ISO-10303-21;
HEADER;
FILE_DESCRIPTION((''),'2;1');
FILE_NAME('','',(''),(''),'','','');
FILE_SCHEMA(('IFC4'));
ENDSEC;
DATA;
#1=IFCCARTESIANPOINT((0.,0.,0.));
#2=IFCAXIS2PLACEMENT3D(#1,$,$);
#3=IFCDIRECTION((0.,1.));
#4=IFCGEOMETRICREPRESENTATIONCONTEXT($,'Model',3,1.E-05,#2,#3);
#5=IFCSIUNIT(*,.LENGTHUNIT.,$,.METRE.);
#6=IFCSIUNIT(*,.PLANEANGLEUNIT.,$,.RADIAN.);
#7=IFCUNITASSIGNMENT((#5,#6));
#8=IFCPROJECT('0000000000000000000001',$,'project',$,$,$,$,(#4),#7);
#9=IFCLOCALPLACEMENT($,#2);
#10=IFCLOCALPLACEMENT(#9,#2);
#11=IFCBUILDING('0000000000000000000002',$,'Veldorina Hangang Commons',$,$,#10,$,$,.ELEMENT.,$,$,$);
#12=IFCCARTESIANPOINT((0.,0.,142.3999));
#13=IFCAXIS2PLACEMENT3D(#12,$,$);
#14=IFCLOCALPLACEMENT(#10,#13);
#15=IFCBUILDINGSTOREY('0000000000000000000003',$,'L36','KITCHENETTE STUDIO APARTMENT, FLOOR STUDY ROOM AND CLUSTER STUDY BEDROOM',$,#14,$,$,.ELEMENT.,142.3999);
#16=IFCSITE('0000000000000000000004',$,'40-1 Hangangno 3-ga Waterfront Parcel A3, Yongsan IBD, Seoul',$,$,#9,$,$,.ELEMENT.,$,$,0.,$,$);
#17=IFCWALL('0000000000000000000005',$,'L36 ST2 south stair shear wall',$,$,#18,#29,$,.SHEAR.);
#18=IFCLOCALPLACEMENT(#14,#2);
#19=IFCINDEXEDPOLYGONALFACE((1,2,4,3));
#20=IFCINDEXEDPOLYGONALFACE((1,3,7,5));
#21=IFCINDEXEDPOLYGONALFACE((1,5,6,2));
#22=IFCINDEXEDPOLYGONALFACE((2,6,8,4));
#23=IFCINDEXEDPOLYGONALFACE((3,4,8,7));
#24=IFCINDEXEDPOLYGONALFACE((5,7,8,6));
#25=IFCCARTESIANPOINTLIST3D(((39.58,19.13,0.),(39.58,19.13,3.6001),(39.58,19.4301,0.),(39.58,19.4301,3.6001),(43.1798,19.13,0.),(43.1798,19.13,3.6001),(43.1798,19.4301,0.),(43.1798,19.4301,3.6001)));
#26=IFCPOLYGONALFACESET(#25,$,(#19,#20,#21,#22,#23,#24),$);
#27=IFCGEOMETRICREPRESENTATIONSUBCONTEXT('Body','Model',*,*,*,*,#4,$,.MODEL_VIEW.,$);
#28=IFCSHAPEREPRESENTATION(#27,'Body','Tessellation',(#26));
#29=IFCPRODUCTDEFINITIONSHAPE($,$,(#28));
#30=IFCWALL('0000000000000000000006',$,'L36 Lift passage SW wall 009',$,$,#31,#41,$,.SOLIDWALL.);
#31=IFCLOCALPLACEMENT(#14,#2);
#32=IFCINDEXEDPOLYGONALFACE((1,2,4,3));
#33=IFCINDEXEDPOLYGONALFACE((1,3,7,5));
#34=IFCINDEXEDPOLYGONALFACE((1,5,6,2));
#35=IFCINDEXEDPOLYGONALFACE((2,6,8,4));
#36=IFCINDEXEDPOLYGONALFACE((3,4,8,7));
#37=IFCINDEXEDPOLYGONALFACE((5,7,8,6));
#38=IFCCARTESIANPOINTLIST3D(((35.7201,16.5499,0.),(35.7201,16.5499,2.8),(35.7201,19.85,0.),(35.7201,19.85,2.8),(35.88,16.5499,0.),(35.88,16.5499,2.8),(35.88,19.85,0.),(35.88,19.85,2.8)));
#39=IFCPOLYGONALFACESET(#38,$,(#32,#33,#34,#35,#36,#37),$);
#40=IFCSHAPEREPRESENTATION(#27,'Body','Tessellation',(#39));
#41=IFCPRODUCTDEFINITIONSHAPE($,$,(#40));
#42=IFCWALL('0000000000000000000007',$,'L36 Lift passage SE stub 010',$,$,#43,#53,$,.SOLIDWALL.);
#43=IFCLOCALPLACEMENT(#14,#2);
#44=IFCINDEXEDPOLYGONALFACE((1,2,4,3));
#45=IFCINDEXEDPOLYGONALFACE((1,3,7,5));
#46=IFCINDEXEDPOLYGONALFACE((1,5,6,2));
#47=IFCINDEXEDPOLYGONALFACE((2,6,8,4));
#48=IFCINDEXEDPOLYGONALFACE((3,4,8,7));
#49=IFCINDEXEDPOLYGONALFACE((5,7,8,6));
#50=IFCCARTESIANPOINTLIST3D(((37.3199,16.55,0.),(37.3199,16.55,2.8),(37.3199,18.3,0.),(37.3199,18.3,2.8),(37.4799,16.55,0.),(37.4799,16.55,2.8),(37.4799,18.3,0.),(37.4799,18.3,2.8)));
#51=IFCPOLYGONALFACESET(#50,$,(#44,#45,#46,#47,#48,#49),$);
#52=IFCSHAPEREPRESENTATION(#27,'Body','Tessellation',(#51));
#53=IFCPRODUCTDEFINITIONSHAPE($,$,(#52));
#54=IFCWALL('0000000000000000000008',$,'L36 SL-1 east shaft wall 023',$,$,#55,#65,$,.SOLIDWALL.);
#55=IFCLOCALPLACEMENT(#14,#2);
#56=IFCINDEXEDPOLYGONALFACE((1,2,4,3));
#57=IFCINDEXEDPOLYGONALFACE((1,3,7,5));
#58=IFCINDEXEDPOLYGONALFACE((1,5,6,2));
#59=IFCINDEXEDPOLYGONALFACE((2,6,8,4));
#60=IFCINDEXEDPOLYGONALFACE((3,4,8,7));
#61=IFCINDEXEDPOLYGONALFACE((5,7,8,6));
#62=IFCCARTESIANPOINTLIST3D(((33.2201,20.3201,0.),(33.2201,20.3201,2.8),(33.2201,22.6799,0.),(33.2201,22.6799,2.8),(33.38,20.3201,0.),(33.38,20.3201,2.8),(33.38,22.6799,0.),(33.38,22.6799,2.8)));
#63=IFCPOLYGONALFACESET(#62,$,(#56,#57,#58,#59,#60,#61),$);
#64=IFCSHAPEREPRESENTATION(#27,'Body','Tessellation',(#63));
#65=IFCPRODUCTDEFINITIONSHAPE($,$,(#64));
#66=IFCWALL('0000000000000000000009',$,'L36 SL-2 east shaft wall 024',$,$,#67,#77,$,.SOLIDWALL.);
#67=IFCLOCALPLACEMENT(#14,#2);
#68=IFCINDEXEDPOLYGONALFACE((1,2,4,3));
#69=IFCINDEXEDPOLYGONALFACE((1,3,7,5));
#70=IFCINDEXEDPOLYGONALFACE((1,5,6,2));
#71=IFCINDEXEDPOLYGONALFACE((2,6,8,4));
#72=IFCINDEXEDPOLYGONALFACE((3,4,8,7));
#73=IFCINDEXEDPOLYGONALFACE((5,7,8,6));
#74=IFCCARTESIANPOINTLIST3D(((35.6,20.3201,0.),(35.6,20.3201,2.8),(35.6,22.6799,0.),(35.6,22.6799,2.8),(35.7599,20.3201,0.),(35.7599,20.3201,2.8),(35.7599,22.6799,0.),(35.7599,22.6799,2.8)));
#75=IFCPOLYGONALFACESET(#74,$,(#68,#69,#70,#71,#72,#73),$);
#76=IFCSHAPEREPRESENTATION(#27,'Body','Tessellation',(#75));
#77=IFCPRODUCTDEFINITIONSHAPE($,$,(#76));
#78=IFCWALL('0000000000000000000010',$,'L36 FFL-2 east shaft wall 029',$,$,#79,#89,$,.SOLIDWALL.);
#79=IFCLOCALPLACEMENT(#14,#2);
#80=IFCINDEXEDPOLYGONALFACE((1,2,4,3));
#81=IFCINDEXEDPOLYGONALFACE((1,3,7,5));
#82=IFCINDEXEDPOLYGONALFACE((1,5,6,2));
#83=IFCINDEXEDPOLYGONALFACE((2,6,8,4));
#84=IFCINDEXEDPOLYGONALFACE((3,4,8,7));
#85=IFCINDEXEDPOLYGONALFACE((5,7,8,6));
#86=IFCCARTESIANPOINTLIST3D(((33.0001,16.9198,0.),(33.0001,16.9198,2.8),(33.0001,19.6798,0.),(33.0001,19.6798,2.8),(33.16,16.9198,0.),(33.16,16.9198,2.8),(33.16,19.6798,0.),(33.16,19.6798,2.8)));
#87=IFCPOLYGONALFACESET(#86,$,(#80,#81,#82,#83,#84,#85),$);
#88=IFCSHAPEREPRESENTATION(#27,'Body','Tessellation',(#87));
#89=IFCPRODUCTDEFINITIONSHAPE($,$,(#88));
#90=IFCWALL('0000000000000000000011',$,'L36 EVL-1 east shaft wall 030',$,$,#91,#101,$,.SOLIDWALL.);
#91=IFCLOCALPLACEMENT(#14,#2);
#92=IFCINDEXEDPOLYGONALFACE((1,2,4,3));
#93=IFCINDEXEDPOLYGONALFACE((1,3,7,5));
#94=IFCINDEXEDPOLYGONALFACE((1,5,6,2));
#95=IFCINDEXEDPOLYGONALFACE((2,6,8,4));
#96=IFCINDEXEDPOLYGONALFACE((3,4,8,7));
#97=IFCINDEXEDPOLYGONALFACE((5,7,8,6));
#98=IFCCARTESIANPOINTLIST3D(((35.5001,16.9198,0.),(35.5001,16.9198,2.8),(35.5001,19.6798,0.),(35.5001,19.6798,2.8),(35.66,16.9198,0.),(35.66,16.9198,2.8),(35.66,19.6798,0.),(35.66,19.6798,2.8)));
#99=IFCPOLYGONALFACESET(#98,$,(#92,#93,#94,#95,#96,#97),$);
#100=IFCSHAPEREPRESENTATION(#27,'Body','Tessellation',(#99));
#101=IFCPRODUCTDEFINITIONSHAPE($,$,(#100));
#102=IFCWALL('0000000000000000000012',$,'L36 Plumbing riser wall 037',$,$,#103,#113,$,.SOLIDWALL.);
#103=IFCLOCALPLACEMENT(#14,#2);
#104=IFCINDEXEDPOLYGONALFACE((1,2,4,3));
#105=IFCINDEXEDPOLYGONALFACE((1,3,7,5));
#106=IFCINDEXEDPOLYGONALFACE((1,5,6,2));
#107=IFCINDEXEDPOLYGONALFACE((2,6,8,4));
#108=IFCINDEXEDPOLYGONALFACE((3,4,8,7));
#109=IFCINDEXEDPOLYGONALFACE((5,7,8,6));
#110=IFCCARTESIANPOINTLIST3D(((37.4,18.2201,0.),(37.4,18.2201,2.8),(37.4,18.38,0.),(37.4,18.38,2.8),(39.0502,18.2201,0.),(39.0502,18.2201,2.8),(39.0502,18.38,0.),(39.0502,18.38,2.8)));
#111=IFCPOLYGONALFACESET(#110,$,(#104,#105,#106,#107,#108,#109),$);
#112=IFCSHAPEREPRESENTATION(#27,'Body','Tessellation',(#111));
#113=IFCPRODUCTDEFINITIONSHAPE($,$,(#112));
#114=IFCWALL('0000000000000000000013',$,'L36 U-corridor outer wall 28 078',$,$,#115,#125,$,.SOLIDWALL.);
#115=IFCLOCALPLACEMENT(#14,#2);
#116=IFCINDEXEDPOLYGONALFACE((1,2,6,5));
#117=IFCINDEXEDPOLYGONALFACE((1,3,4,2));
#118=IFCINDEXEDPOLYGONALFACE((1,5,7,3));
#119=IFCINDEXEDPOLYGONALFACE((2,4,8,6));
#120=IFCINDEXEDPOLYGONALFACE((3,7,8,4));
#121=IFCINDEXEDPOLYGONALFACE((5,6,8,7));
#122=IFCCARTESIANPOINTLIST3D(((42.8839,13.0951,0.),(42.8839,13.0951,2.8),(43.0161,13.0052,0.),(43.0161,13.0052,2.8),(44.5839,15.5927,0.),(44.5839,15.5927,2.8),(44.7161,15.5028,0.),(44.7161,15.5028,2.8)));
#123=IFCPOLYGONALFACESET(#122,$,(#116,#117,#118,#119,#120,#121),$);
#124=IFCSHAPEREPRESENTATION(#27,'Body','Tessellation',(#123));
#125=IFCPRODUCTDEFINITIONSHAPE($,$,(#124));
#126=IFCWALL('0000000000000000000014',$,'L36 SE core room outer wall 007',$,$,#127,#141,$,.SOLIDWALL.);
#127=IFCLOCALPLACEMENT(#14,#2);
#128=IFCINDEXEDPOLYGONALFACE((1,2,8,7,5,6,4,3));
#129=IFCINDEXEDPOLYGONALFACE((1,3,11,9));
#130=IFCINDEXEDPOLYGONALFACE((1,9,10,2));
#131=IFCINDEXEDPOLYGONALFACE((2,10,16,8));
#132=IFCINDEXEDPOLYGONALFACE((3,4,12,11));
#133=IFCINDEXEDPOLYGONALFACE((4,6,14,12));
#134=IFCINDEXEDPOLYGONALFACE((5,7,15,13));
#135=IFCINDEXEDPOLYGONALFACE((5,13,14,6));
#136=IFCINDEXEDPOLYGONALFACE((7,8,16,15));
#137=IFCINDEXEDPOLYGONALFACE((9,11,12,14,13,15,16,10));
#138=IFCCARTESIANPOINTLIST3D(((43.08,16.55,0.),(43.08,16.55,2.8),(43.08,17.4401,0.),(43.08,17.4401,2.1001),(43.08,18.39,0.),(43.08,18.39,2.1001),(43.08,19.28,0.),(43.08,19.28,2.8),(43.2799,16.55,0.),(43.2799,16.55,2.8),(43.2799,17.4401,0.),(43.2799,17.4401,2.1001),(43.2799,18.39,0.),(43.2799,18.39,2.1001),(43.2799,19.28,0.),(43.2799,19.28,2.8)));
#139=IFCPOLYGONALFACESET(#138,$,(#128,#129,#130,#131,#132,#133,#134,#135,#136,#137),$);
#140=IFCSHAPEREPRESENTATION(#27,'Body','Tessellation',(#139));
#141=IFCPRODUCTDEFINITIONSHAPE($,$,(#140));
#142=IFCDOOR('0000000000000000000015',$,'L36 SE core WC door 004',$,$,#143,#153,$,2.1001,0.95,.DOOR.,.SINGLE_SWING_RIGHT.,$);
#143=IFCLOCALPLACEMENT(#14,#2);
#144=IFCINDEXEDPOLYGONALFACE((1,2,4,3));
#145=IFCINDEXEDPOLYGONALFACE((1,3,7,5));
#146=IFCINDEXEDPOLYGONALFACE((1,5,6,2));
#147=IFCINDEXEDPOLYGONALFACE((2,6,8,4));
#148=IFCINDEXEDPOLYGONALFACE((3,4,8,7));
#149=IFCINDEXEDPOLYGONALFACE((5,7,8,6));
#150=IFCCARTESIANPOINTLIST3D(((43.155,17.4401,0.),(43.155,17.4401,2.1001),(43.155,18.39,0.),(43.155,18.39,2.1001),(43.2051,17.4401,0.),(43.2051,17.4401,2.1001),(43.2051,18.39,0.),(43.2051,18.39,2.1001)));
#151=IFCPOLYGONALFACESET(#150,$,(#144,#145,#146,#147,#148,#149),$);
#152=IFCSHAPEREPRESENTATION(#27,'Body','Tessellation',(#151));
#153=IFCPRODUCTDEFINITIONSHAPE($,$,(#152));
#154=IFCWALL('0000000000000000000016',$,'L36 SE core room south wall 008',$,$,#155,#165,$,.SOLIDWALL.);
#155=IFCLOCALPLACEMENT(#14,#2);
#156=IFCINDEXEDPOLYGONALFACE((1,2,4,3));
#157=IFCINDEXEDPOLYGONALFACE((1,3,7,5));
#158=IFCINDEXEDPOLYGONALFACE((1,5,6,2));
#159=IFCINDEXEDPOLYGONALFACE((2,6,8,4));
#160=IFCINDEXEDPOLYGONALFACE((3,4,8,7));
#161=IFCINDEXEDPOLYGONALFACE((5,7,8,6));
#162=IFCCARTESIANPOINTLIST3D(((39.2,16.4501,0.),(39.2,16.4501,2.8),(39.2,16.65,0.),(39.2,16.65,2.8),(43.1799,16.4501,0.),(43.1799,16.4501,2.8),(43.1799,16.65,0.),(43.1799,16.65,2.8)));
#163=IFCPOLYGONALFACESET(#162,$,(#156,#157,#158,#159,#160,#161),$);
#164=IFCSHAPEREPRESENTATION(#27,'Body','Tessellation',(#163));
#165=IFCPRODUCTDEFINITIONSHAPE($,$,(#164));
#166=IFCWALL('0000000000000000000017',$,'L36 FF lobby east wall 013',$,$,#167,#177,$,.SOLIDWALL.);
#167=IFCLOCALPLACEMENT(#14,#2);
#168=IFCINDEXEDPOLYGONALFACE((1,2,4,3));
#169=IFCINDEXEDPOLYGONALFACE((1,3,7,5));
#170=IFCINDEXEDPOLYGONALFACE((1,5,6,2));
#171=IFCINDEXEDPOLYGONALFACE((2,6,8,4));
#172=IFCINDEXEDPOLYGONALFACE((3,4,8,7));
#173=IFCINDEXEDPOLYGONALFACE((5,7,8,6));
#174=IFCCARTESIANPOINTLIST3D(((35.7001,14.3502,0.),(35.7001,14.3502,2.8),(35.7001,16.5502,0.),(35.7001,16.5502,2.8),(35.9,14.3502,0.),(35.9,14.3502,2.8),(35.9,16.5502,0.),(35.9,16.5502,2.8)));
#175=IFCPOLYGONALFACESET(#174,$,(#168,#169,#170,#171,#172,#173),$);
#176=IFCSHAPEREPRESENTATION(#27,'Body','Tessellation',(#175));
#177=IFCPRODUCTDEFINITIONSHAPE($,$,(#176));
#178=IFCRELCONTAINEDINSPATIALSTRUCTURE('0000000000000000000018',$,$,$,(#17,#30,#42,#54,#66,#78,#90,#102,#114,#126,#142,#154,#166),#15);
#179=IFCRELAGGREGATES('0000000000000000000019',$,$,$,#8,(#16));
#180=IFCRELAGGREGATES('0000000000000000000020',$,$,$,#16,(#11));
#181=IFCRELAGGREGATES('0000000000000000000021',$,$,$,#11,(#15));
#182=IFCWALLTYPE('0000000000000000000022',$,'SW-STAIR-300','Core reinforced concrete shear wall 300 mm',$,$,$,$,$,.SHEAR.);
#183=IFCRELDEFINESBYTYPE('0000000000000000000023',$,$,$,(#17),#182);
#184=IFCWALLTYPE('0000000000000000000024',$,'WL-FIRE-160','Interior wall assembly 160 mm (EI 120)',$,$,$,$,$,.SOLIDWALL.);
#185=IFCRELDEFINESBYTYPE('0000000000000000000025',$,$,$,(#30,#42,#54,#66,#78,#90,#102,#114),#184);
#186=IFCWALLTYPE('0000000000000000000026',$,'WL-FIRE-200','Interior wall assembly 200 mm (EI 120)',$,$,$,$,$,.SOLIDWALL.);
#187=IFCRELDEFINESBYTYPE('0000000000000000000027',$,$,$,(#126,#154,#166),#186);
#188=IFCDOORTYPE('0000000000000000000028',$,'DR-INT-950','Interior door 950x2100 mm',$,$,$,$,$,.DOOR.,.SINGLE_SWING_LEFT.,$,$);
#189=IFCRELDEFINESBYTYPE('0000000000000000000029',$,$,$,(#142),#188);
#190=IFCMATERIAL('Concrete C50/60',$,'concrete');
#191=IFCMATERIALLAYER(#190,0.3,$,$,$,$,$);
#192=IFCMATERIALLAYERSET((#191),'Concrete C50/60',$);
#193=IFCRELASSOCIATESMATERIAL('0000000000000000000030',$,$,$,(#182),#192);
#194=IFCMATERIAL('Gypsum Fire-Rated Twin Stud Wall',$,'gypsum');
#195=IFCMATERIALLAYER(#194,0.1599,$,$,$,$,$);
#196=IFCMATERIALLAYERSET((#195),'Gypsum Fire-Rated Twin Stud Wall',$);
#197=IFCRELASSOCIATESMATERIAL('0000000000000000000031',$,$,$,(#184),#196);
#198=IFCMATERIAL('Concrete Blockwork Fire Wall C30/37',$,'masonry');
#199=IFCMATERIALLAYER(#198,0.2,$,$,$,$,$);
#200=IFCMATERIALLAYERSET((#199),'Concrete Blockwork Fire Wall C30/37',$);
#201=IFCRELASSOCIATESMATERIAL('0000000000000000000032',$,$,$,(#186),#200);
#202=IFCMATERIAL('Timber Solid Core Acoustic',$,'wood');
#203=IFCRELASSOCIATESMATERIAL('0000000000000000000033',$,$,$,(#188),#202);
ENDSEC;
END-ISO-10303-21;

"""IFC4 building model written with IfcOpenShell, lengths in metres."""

from ifc_helpers import new_model, si_unit, direction, frame, frame_2d, origin, place, context, subcontext, project, spatial, rectangle, extrude, material, layer, layer_set, type_object, element, fill, save


model = new_model("IFC4")

# Units and contexts
model_context = context("Model", 3, precision=1e-05, world=origin(), true_north=direction((0.0, 1.0)))
body_context = subcontext(model_context, "Body", "Model", "MODEL_VIEW")
ifc_project = project(units=[si_unit("LENGTHUNIT", "METRE"), si_unit("PLANEANGLEUNIT", "RADIAN")], contexts=[model_context])

# Site, building, storey
site_placement = place(None, origin())
site = spatial("IfcSite", under=ifc_project, at=site_placement, Name="40-1 Hangangno 3-ga Waterfront Parcel A3, Yongsan IBD, Seoul", CompositionType="ELEMENT", RefElevation=0.0)
building_placement = place(site_placement, origin())
building = spatial("IfcBuilding", under=site, at=building_placement, Name="Veldorina Hangang Commons", CompositionType="ELEMENT")
storey_placement = place(building_placement, frame((0.0, 0.0, 142.3999)))
storey = spatial("IfcBuildingStorey", under=building, at=storey_placement, Name="L36", Description="KITCHENETTE STUDIO APARTMENT, FLOOR STUDY ROOM AND CLUSTER STUDY BEDROOM", CompositionType="ELEMENT", Elevation=142.3999)

# Walls
ifc_material_1 = material(Name="Concrete C50/60", Category="concrete")
ifc_layer_1 = layer(ifc_material_1, 0.3)
ifc_layer_set_1 = layer_set([ifc_layer_1], Name="Concrete C50/60")
wall_type_1 = type_object("IfcWallType", Name="SW-STAIR-300", Description="Core reinforced concrete shear wall 300 mm", PredefinedType="SHEAR", material=ifc_layer_set_1)
wall_1_placement = place(storey_placement, frame((39.5801, 19.28, 0.0), z_axis=(0.0, 0.0, 1.0), x_axis=(1.0, 0.0, 0.0)))
element("IfcWall", 1, at=wall_1_placement, inside=storey, type_object=wall_type_1, Name="L36 ST2 south stair shear wall", PredefinedType="SHEAR", context=body_context, shape_type="SweptSolid", body=[
    extrude(rectangle(XDim=3.5999, YDim=0.3, at=frame_2d((1.7998, 0.0))), origin(), (0.0, 0.0, 1.0), 3.6001),
])
ifc_material_2 = material(Name="Gypsum Fire-Rated Twin Stud Wall", Category="gypsum")
ifc_layer_2 = layer(ifc_material_2, 0.1599)
ifc_layer_set_2 = layer_set([ifc_layer_2], Name="Gypsum Fire-Rated Twin Stud Wall")
wall_type_2 = type_object("IfcWallType", Name="WL-FIRE-160", Description="Interior wall assembly 160 mm (EI 120)", PredefinedType="SOLIDWALL", material=ifc_layer_set_2)
wall_2_placement = place(storey_placement, frame((35.8, 16.55, 0.0), z_axis=(0.0, 0.0, 1.0), x_axis=(0.0, 1.0, 0.0)))
element("IfcWall", 2, at=wall_2_placement, inside=storey, type_object=wall_type_2, Name="L36 Lift passage SW wall 009", PredefinedType="SOLIDWALL", context=body_context, shape_type="SweptSolid", body=[
    extrude(rectangle(XDim=3.3, YDim=0.1599, at=frame_2d((1.6499, 0.0))), origin(), (0.0, 0.0, 1.0), 2.8),
])
wall_3_placement = place(storey_placement, frame((37.3999, 16.55, 0.0), z_axis=(0.0, 0.0, 1.0), x_axis=(0.0, 1.0, 0.0)))
element("IfcWall", 3, at=wall_3_placement, inside=storey, type_object=wall_type_2, Name="L36 Lift passage SE stub 010", PredefinedType="SOLIDWALL", context=body_context, shape_type="SweptSolid", body=[
    extrude(rectangle(XDim=1.75, YDim=0.1599, at=frame_2d((0.875, 0.0))), origin(), (0.0, 0.0, 1.0), 2.8),
])
for number, where, z_axis, x_axis, name in (
    (4, (33.3, 20.3201, 0.0), (0.0, 0.0, 1.0), (0.0, 1.0, 0.0), "L36 SL-1 east shaft wall 023"),
    (5, (35.6799, 20.3201, 0.0), (0.0, 0.0, 1.0), (0.0, 1.0, 0.0), "L36 SL-2 east shaft wall 024"),
):
    element("IfcWall", number, at=place(storey_placement, frame(where, z_axis=z_axis, x_axis=x_axis)), inside=storey, type_object=wall_type_2, Name=name, PredefinedType="SOLIDWALL", context=body_context, shape_type="SweptSolid", body=[
        extrude(rectangle(XDim=2.3599, YDim=0.1599, at=frame_2d((1.1799, 0.0))), origin(), (0.0, 0.0, 1.0), 2.8),
    ])
for number, where, z_axis, x_axis, name in (
    (6, (33.0801, 16.9199, 0.0), (0.0, 0.0, 1.0), (0.0, 1.0, 0.0), "L36 FFL-2 east shaft wall 029"),
    (7, (35.5801, 16.9199, 0.0), (0.0, 0.0, 1.0), (0.0, 1.0, 0.0), "L36 EVL-1 east shaft wall 030"),
):
    element("IfcWall", number, at=place(storey_placement, frame(where, z_axis=z_axis, x_axis=x_axis)), inside=storey, type_object=wall_type_2, Name=name, PredefinedType="SOLIDWALL", context=body_context, shape_type="SweptSolid", body=[
        extrude(rectangle(XDim=2.76, YDim=0.1599, at=frame_2d((1.3799, 0.0))), origin(), (0.0, 0.0, 1.0), 2.8),
    ])
wall_4_placement = place(storey_placement, frame((37.3999, 18.3, 0.0), z_axis=(0.0, 0.0, 1.0), x_axis=(1.0, 0.0, 0.0)))
element("IfcWall", 8, at=wall_4_placement, inside=storey, type_object=wall_type_2, Name="L36 Plumbing riser wall 037", PredefinedType="SOLIDWALL", context=body_context, shape_type="SweptSolid", body=[
    extrude(rectangle(XDim=1.6501, YDim=0.1599, at=frame_2d((0.8252, 0.0))), origin(), (0.0, 0.0, 1.0), 2.8),
])
wall_5_placement = place(storey_placement, frame((42.95, 13.05, 0.0), z_axis=(0.0, 0.0, 1.0), x_axis=(0.562675, 0.826678, 0.0)))
element("IfcWall", 9, at=wall_5_placement, inside=storey, type_object=wall_type_2, Name="L36 U-corridor outer wall 28 078", PredefinedType="SOLIDWALL", context=body_context, shape_type="SweptSolid", body=[
    extrude(rectangle(XDim=3.0212, YDim=0.1599, at=frame_2d((1.5107, 0.0))), origin(), (0.0, 0.0, 1.0), 2.8),
])

# Wall, opening, door
ifc_material_3 = material(Name="Concrete Blockwork Fire Wall C30/37", Category="masonry")
ifc_layer_3 = layer(ifc_material_3, 0.2)
ifc_layer_set_3 = layer_set([ifc_layer_3], Name="Concrete Blockwork Fire Wall C30/37")
wall_type_3 = type_object("IfcWallType", Name="WL-FIRE-200", Description="Interior wall assembly 200 mm (EI 120)", PredefinedType="SOLIDWALL", material=ifc_layer_set_3)
wall_6_placement = place(storey_placement, frame((43.1799, 16.55, 0.0), z_axis=(0.0, 0.0, 1.0), x_axis=(0.0, 1.0, 0.0)))
wall_6 = element("IfcWall", 10, at=wall_6_placement, inside=storey, type_object=wall_type_3, Name="L36 SE core room outer wall 007", PredefinedType="SOLIDWALL", context=body_context, shape_type="SweptSolid", body=[
    extrude(rectangle(XDim=2.73, YDim=0.2, at=frame_2d((1.365, 0.0))), origin(), (0.0, 0.0, 1.0), 2.8),
])
opening_1_placement = place(wall_6_placement, frame((0.8899, 0.0, 0.0)))
opening_1 = element("IfcOpeningElement", 11, at=opening_1_placement, cuts=wall_6, PredefinedType="OPENING", context=body_context, shape_type="SweptSolid", body=[
    extrude(rectangle(XDim=0.95, YDim=2.1001, at=frame_2d((0.4751, 1.05))), frame((0.0, 0.1099, 0.0), z_axis=(0.0, -1.0, 0.0), x_axis=(1.0, 0.0, 0.0)), (0.0, 0.0, 1.0), 0.22),
])
ifc_material_4 = material(Name="Timber Solid Core Acoustic", Category="wood")
door_type_1 = type_object("IfcDoorType", Name="DR-INT-950", Description="Interior door 950x2100 mm", OperationType="SINGLE_SWING_LEFT", PredefinedType="DOOR", material=ifc_material_4)
door_1_placement = place(opening_1_placement, origin())
door_1 = element("IfcDoor", 12, at=door_1_placement, inside=storey, type_object=door_type_1, Name="L36 SE core WC door 004", OperationType="SINGLE_SWING_RIGHT", OverallHeight=2.1001, OverallWidth=0.95, PredefinedType="DOOR", context=body_context, shape_type="SweptSolid", body=[
    extrude(rectangle(XDim=0.95, YDim=2.1001, at=frame_2d((0.4751, 1.05))), frame((0.0, 0.0249, 0.0), z_axis=(0.0, -1.0, 0.0), x_axis=(1.0, 0.0, 0.0)), (0.0, 0.0, 1.0), 0.05),
])
fill(opening_1, door_1)

# Walls
wall_7_placement = place(storey_placement, frame((39.2, 16.55, 0.0), z_axis=(0.0, 0.0, 1.0), x_axis=(1.0, 0.0, 0.0)))
element("IfcWall", 13, at=wall_7_placement, inside=storey, type_object=wall_type_3, Name="L36 SE core room south wall 008", PredefinedType="SOLIDWALL", context=body_context, shape_type="SweptSolid", body=[
    extrude(rectangle(XDim=3.98, YDim=0.2, at=frame_2d((1.99, 0.0))), origin(), (0.0, 0.0, 1.0), 2.8),
])
wall_8_placement = place(storey_placement, frame((35.8, 14.3501, 0.0), z_axis=(0.0, 0.0, 1.0), x_axis=(0.0, 1.0, 0.0)))
element("IfcWall", 14, at=wall_8_placement, inside=storey, type_object=wall_type_3, Name="L36 FF lobby east wall 013", PredefinedType="SOLIDWALL", context=body_context, shape_type="SweptSolid", body=[
    extrude(rectangle(XDim=2.2, YDim=0.2, at=frame_2d((1.1001, 0.0))), origin(), (0.0, 0.0, 1.0), 2.8),
])

save(model, "model.ifc")
